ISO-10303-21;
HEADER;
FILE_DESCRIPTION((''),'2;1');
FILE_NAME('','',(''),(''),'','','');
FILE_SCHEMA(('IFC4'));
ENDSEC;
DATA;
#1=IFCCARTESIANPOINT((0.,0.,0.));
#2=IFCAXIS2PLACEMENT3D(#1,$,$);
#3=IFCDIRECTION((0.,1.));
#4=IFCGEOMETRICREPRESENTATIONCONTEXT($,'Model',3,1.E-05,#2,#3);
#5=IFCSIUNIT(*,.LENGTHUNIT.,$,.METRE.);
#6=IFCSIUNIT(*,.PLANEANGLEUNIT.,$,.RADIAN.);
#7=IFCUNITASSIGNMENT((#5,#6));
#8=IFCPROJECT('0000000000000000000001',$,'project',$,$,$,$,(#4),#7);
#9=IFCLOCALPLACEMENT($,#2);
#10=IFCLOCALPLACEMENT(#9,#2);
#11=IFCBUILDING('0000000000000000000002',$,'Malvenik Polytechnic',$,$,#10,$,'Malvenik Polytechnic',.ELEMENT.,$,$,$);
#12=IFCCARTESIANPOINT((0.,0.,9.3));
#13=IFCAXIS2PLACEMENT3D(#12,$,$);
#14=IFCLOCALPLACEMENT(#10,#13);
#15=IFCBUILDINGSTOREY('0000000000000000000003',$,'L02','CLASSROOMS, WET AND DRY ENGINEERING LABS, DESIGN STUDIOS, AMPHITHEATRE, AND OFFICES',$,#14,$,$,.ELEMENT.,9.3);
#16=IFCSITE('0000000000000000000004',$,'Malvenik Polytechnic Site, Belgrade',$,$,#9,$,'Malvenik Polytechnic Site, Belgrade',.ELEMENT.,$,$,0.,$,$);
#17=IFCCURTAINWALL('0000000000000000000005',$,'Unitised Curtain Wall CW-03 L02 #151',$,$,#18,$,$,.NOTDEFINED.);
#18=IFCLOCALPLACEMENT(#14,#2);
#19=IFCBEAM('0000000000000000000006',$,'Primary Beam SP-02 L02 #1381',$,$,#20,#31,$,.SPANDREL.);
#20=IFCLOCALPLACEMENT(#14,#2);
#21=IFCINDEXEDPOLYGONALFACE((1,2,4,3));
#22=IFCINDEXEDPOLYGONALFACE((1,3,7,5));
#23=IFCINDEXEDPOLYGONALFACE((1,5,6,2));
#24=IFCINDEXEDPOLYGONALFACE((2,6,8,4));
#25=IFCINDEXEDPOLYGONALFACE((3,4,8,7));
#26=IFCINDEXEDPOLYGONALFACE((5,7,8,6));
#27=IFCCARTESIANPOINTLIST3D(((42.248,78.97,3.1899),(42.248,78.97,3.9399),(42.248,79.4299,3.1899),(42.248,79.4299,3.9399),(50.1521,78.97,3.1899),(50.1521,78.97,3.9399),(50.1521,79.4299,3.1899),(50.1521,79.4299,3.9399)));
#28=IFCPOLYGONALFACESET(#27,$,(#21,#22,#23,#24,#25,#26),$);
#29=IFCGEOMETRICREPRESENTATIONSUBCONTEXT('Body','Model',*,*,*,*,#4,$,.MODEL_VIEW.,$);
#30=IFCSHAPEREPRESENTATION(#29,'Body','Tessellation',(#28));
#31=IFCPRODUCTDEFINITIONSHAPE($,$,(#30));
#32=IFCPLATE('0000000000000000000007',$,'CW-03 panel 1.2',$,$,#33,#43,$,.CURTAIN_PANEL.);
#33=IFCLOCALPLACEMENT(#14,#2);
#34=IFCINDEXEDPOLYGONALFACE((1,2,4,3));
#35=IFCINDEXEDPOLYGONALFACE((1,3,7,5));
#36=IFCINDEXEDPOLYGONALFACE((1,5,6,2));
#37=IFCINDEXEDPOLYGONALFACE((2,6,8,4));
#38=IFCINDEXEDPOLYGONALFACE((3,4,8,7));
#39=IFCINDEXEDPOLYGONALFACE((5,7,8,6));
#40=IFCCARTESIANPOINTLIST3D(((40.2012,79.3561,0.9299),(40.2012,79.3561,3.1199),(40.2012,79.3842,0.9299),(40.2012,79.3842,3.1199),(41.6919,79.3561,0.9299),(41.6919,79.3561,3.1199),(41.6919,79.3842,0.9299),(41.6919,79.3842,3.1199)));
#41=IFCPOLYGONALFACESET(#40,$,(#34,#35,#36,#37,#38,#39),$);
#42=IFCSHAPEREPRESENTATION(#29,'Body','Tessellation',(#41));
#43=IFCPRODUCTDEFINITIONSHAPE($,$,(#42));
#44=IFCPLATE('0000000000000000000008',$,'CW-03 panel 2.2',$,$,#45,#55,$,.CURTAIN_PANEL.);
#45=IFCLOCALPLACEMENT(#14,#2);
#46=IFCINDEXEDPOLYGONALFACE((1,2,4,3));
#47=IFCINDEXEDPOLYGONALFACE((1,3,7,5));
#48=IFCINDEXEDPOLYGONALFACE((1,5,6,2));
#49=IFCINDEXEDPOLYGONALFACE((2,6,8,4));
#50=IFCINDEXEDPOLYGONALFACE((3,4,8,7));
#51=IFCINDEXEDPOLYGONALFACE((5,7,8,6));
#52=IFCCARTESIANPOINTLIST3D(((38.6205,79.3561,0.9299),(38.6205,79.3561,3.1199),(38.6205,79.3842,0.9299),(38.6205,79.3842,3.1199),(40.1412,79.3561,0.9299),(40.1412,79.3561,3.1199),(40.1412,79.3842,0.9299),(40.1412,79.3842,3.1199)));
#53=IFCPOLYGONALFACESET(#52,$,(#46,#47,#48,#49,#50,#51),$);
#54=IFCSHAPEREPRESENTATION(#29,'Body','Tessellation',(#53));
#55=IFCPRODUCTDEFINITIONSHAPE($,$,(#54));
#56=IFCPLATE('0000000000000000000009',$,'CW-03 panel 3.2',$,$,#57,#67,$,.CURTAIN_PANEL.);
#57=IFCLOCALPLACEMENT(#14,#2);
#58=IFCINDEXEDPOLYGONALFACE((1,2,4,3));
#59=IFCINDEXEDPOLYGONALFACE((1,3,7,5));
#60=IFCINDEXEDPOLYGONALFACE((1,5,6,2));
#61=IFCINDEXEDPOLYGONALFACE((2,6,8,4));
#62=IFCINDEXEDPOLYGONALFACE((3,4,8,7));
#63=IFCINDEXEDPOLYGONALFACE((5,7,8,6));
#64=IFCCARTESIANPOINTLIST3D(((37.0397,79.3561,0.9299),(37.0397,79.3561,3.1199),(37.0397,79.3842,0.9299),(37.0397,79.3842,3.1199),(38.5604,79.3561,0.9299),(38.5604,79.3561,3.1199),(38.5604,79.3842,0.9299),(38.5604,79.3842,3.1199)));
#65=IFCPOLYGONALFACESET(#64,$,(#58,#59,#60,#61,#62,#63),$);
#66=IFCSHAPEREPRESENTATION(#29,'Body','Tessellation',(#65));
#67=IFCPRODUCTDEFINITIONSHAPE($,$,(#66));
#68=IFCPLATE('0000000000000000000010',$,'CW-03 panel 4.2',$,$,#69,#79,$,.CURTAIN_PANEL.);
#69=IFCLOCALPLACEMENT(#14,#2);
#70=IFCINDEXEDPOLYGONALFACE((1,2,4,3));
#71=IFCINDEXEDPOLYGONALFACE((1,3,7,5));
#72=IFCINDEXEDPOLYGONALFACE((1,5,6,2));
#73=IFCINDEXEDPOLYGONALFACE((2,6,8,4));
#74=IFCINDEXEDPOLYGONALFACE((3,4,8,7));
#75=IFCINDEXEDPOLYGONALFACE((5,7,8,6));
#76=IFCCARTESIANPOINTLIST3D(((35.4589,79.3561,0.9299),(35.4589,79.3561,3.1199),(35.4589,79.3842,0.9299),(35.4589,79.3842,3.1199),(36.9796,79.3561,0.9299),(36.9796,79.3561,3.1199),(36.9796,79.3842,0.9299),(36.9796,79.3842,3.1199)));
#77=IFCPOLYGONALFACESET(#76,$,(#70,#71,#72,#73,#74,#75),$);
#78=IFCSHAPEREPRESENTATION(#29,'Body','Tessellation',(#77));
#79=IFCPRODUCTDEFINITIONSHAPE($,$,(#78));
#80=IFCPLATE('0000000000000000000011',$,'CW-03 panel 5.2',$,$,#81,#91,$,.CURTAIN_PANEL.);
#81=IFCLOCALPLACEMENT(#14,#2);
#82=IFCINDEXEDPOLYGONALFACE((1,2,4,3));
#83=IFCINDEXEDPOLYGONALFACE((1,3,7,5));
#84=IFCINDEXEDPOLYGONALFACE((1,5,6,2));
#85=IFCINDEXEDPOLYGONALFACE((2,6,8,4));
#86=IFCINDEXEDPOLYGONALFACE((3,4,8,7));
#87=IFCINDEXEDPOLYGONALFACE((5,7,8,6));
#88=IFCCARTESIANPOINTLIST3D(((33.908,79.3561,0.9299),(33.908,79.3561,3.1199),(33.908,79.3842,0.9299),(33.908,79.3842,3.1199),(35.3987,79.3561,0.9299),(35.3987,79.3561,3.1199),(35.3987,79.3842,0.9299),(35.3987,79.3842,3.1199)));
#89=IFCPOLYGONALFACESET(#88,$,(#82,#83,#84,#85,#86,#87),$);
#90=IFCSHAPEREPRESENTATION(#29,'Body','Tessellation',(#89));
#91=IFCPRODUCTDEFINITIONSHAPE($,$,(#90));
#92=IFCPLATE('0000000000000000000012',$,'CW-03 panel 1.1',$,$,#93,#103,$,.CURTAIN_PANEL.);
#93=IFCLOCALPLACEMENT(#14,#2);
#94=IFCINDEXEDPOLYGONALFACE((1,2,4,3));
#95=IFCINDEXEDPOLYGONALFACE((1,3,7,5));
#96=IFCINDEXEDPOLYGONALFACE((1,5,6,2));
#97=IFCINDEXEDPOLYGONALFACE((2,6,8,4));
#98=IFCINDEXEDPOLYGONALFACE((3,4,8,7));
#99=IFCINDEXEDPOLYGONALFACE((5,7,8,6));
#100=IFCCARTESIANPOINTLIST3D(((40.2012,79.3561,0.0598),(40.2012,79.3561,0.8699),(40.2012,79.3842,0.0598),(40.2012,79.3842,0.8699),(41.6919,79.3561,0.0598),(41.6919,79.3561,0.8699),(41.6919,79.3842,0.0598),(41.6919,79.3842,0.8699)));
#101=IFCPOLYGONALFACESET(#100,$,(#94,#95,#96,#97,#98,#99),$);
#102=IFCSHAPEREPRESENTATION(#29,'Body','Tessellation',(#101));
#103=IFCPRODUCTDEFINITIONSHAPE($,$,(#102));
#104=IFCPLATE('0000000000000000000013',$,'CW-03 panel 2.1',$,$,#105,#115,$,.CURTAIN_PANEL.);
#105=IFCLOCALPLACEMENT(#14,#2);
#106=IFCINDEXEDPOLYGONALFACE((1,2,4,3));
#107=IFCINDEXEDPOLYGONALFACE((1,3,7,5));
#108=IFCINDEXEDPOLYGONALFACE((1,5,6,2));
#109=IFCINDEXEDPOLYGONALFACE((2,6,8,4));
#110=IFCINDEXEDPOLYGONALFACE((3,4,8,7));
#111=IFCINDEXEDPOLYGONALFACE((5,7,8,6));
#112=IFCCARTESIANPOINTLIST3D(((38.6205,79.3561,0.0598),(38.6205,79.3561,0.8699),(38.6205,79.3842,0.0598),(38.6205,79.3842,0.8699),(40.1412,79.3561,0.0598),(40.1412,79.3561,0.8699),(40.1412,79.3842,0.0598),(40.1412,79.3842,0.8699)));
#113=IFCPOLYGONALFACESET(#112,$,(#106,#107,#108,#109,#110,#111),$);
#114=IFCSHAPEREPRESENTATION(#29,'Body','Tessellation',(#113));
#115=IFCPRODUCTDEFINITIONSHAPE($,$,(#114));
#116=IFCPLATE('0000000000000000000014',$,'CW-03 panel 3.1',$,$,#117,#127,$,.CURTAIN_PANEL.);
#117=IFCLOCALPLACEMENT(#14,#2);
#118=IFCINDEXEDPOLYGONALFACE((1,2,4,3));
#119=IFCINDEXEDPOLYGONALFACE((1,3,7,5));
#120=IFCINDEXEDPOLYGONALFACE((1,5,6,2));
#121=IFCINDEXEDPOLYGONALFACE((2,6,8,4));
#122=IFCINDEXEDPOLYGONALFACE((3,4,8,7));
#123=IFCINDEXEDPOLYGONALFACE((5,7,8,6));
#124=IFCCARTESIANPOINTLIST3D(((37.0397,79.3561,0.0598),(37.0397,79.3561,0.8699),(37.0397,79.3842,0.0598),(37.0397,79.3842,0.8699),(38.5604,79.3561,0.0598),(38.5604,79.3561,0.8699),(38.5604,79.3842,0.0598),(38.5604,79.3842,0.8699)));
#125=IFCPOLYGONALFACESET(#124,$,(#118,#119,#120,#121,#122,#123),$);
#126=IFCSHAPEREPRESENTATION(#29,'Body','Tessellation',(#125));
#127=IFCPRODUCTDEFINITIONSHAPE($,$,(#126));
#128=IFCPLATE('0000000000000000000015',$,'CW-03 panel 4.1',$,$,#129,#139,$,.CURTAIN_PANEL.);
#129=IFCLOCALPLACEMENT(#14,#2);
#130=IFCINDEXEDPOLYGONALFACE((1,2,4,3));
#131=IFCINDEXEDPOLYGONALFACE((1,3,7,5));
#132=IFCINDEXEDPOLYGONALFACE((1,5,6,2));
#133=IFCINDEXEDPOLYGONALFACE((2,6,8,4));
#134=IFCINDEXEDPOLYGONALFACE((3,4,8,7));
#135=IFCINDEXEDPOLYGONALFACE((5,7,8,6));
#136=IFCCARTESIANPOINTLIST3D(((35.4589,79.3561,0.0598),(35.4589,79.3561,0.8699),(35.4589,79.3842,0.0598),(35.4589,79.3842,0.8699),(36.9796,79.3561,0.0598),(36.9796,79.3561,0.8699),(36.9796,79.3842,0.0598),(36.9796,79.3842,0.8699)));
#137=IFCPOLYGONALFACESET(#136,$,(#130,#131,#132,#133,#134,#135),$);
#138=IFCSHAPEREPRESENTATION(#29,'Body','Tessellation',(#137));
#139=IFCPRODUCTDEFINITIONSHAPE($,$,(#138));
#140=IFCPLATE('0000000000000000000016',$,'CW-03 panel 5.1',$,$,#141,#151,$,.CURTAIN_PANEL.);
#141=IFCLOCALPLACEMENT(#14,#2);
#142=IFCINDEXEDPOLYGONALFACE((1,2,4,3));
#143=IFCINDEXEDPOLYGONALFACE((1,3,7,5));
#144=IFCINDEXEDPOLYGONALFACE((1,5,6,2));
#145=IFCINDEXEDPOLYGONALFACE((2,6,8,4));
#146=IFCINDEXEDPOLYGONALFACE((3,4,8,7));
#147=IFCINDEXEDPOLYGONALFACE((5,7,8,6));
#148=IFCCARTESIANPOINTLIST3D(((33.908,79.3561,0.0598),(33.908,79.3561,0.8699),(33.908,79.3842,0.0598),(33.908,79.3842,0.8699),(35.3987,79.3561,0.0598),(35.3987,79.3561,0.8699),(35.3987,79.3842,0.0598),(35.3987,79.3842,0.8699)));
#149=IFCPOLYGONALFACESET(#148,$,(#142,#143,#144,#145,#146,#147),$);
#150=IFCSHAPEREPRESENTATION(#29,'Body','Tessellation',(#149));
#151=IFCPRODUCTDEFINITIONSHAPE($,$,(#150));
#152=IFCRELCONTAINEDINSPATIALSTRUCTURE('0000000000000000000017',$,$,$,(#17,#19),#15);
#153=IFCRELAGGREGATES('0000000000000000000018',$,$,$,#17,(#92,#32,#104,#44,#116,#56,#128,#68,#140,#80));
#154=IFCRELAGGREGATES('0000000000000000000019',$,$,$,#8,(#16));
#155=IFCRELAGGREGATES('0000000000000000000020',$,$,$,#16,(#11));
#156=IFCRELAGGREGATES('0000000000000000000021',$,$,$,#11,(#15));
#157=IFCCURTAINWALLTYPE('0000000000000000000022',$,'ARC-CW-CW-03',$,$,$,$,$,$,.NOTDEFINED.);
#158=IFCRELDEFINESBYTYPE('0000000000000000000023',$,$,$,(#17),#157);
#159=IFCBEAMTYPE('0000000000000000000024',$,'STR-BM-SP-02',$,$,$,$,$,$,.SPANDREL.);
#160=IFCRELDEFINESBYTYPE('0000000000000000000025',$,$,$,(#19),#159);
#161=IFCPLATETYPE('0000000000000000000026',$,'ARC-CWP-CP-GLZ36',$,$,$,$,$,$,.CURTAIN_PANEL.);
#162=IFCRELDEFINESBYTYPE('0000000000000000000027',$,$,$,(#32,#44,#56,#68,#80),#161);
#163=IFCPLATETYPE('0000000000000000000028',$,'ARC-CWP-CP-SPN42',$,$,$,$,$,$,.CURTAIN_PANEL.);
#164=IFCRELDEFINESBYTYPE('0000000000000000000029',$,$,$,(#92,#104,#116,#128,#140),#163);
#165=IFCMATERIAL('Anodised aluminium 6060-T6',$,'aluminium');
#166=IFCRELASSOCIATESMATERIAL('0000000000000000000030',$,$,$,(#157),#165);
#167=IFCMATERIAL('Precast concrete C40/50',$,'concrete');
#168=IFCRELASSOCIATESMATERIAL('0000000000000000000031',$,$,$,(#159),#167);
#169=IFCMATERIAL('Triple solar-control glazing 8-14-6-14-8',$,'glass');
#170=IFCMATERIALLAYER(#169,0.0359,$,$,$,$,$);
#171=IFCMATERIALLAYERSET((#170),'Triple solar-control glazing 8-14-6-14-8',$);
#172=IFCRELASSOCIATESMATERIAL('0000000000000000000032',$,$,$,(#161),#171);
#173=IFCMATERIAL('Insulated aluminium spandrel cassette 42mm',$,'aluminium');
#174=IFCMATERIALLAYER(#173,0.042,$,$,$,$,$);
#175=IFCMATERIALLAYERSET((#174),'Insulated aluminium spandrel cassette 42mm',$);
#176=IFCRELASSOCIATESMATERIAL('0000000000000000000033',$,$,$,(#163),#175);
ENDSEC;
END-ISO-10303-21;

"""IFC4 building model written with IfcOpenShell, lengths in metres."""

from ifc_helpers import new_model, si_unit, direction, frame, origin, origin_2d, place, context, subcontext, project, spatial, rectangle, extrude, material, layer, layer_set, material_profile, profile_set, type_object, element, aggregate, save


model = new_model("IFC4")

# Units and contexts
model_context = context("Model", 3, precision=1e-05, world=origin(), true_north=direction((0.0, 1.0)))
body_context = subcontext(model_context, "Body", "Model", "MODEL_VIEW")
ifc_project = project(units=[si_unit("LENGTHUNIT", "METRE"), si_unit("PLANEANGLEUNIT", "RADIAN")], contexts=[model_context])

# Site, building, storey
site_placement = place(None, origin())
site = spatial("IfcSite", under=ifc_project, at=site_placement, Name="Malvenik Polytechnic Site, Belgrade", LongName="Malvenik Polytechnic Site, Belgrade", CompositionType="ELEMENT", RefElevation=0.0)
building_placement = place(site_placement, origin())
building = spatial("IfcBuilding", under=site, at=building_placement, Name="Malvenik Polytechnic", LongName="Malvenik Polytechnic", CompositionType="ELEMENT")
storey_placement = place(building_placement, frame((0.0, 0.0, 9.3)))
storey = spatial("IfcBuildingStorey", under=building, at=storey_placement, Name="L02", Description="CLASSROOMS, WET AND DRY ENGINEERING LABS, DESIGN STUDIOS, AMPHITHEATRE, AND OFFICES", CompositionType="ELEMENT", Elevation=9.3)

# Curtain wall
ifc_material_1 = material(Name="Anodised aluminium 6060-T6", Category="aluminium")
curtain_wall_type = type_object("IfcCurtainWallType", Name="ARC-CW-CW-03", PredefinedType="NOTDEFINED", material=ifc_material_1)
curtain_wall_placement = place(storey_placement, origin())
curtain_wall = element("IfcCurtainWall", 1, at=curtain_wall_placement, inside=storey, type_object=curtain_wall_type, Name="Unitised Curtain Wall CW-03 L02 #151", PredefinedType="NOTDEFINED")

# Beam
ifc_material_2 = material(Name="Precast concrete C40/50", Category="concrete")
ifc_material_profile_1 = material_profile(ifc_material_2, rectangle(XDim=0.46, YDim=0.75, at=origin_2d()), Name="PC SPN 460x750")
ifc_profile_set_1 = profile_set([ifc_material_profile_1], Name="Precast concrete C40/50")
beam_type = type_object("IfcBeamType", Name="STR-BM-SP-02", PredefinedType="SPANDREL", material=ifc_profile_set_1)
for number, where, z_axis, x_axis, name in (
    (2, (42.248, 79.2, 3.5649), (1.0, 0.0, 0.0), (0.0, 1.0, 0.0), "Primary Beam SP-02 L02 #1381"),
):
    element("IfcBeam", number, at=place(storey_placement, frame(where, z_axis=z_axis, x_axis=x_axis)), inside=storey, type_object=beam_type, Name=name, PredefinedType="SPANDREL", context=body_context, shape_type="SweptSolid", body=[
        extrude(rectangle(XDim=0.46, YDim=0.75, at=origin_2d()), origin(), (0.0, 0.0, 1.0), 7.9041),
    ])

# Plates
ifc_material_3 = material(Name="Triple solar-control glazing 8-14-6-14-8", Category="glass")
ifc_layer_1 = layer(ifc_material_3, 0.0359)
ifc_layer_set_1 = layer_set([ifc_layer_1], Name="Triple solar-control glazing 8-14-6-14-8")
plate_type_1 = type_object("IfcPlateType", Name="ARC-CWP-CP-GLZ36", PredefinedType="CURTAIN_PANEL", material=ifc_layer_set_1)
plate_1_placement = place(storey_placement, frame((40.9465, 79.3701, 0.9299), z_axis=(0.0, 0.0, 1.0), x_axis=(-1.0, 0.0, 0.0)))
plate_1 = element("IfcPlate", 3, at=plate_1_placement, type_object=plate_type_1, Name="CW-03 panel 1.2", PredefinedType="CURTAIN_PANEL", context=body_context, shape_type="SweptSolid", body=[
    extrude(rectangle(XDim=1.4907, YDim=0.0281, at=origin_2d()), origin(), (0.0, 0.0, 1.0), 2.1899),
])
plate_2_placement = place(storey_placement, frame((39.3809, 79.3701, 0.9299), z_axis=(0.0, 0.0, 1.0), x_axis=(-1.0, 0.0, 0.0)))
plate_2 = element("IfcPlate", 4, at=plate_2_placement, type_object=plate_type_1, Name="CW-03 panel 2.2", PredefinedType="CURTAIN_PANEL", context=body_context, shape_type="SweptSolid", body=[
    extrude(rectangle(XDim=1.5208, YDim=0.0281, at=origin_2d()), origin(), (0.0, 0.0, 1.0), 2.1899),
])
plate_3_placement = place(storey_placement, frame((37.8, 79.3701, 0.9299), z_axis=(0.0, 0.0, 1.0), x_axis=(-1.0, 0.0, 0.0)))
plate_3 = element("IfcPlate", 5, at=plate_3_placement, type_object=plate_type_1, Name="CW-03 panel 3.2", PredefinedType="CURTAIN_PANEL", context=body_context, shape_type="SweptSolid", body=[
    extrude(rectangle(XDim=1.5208, YDim=0.0281, at=origin_2d()), origin(), (0.0, 0.0, 1.0), 2.1899),
])
plate_4_placement = place(storey_placement, frame((36.2192, 79.3701, 0.9299), z_axis=(0.0, 0.0, 1.0), x_axis=(-1.0, 0.0, 0.0)))
plate_4 = element("IfcPlate", 6, at=plate_4_placement, type_object=plate_type_1, Name="CW-03 panel 4.2", PredefinedType="CURTAIN_PANEL", context=body_context, shape_type="SweptSolid", body=[
    extrude(rectangle(XDim=1.5208, YDim=0.0281, at=origin_2d()), origin(), (0.0, 0.0, 1.0), 2.1899),
])
plate_5_placement = place(storey_placement, frame((34.6533, 79.3701, 0.9299), z_axis=(0.0, 0.0, 1.0), x_axis=(-1.0, 0.0, 0.0)))
plate_5 = element("IfcPlate", 7, at=plate_5_placement, type_object=plate_type_1, Name="CW-03 panel 5.2", PredefinedType="CURTAIN_PANEL", context=body_context, shape_type="SweptSolid", body=[
    extrude(rectangle(XDim=1.4907, YDim=0.0281, at=origin_2d()), origin(), (0.0, 0.0, 1.0), 2.1899),
])
ifc_material_4 = material(Name="Insulated aluminium spandrel cassette 42mm", Category="aluminium")
ifc_layer_2 = layer(ifc_material_4, 0.042)
ifc_layer_set_2 = layer_set([ifc_layer_2], Name="Insulated aluminium spandrel cassette 42mm")
plate_type_2 = type_object("IfcPlateType", Name="ARC-CWP-CP-SPN42", PredefinedType="CURTAIN_PANEL", material=ifc_layer_set_2)
plate_6_placement = place(storey_placement, frame((40.9465, 79.3701, 0.0598), z_axis=(0.0, 0.0, 1.0), x_axis=(-1.0, 0.0, 0.0)))
plate_6 = element("IfcPlate", 8, at=plate_6_placement, type_object=plate_type_2, Name="CW-03 panel 1.1", PredefinedType="CURTAIN_PANEL", context=body_context, shape_type="SweptSolid", body=[
    extrude(rectangle(XDim=1.4907, YDim=0.0281, at=origin_2d()), origin(), (0.0, 0.0, 1.0), 0.8101),
])
plate_7_placement = place(storey_placement, frame((39.3809, 79.3701, 0.0598), z_axis=(0.0, 0.0, 1.0), x_axis=(-1.0, 0.0, 0.0)))
plate_7 = element("IfcPlate", 9, at=plate_7_placement, type_object=plate_type_2, Name="CW-03 panel 2.1", PredefinedType="CURTAIN_PANEL", context=body_context, shape_type="SweptSolid", body=[
    extrude(rectangle(XDim=1.5208, YDim=0.0281, at=origin_2d()), origin(), (0.0, 0.0, 1.0), 0.8101),
])
plate_8_placement = place(storey_placement, frame((37.8, 79.3701, 0.0598), z_axis=(0.0, 0.0, 1.0), x_axis=(-1.0, 0.0, 0.0)))
plate_8 = element("IfcPlate", 10, at=plate_8_placement, type_object=plate_type_2, Name="CW-03 panel 3.1", PredefinedType="CURTAIN_PANEL", context=body_context, shape_type="SweptSolid", body=[
    extrude(rectangle(XDim=1.5208, YDim=0.0281, at=origin_2d()), origin(), (0.0, 0.0, 1.0), 0.8101),
])
plate_9_placement = place(storey_placement, frame((36.2192, 79.3701, 0.0598), z_axis=(0.0, 0.0, 1.0), x_axis=(-1.0, 0.0, 0.0)))
plate_9 = element("IfcPlate", 11, at=plate_9_placement, type_object=plate_type_2, Name="CW-03 panel 4.1", PredefinedType="CURTAIN_PANEL", context=body_context, shape_type="SweptSolid", body=[
    extrude(rectangle(XDim=1.5208, YDim=0.0281, at=origin_2d()), origin(), (0.0, 0.0, 1.0), 0.8101),
])
plate_10_placement = place(storey_placement, frame((34.6533, 79.3701, 0.0598), z_axis=(0.0, 0.0, 1.0), x_axis=(-1.0, 0.0, 0.0)))
plate_10 = element("IfcPlate", 12, at=plate_10_placement, type_object=plate_type_2, Name="CW-03 panel 5.1", PredefinedType="CURTAIN_PANEL", context=body_context, shape_type="SweptSolid", body=[
    extrude(rectangle(XDim=1.4907, YDim=0.0281, at=origin_2d()), origin(), (0.0, 0.0, 1.0), 0.8101),
])
aggregate(curtain_wall, [plate_6, plate_1, plate_7, plate_2, plate_8, plate_3, plate_9, plate_4, plate_10, plate_5])

save(model, "model.ifc")
